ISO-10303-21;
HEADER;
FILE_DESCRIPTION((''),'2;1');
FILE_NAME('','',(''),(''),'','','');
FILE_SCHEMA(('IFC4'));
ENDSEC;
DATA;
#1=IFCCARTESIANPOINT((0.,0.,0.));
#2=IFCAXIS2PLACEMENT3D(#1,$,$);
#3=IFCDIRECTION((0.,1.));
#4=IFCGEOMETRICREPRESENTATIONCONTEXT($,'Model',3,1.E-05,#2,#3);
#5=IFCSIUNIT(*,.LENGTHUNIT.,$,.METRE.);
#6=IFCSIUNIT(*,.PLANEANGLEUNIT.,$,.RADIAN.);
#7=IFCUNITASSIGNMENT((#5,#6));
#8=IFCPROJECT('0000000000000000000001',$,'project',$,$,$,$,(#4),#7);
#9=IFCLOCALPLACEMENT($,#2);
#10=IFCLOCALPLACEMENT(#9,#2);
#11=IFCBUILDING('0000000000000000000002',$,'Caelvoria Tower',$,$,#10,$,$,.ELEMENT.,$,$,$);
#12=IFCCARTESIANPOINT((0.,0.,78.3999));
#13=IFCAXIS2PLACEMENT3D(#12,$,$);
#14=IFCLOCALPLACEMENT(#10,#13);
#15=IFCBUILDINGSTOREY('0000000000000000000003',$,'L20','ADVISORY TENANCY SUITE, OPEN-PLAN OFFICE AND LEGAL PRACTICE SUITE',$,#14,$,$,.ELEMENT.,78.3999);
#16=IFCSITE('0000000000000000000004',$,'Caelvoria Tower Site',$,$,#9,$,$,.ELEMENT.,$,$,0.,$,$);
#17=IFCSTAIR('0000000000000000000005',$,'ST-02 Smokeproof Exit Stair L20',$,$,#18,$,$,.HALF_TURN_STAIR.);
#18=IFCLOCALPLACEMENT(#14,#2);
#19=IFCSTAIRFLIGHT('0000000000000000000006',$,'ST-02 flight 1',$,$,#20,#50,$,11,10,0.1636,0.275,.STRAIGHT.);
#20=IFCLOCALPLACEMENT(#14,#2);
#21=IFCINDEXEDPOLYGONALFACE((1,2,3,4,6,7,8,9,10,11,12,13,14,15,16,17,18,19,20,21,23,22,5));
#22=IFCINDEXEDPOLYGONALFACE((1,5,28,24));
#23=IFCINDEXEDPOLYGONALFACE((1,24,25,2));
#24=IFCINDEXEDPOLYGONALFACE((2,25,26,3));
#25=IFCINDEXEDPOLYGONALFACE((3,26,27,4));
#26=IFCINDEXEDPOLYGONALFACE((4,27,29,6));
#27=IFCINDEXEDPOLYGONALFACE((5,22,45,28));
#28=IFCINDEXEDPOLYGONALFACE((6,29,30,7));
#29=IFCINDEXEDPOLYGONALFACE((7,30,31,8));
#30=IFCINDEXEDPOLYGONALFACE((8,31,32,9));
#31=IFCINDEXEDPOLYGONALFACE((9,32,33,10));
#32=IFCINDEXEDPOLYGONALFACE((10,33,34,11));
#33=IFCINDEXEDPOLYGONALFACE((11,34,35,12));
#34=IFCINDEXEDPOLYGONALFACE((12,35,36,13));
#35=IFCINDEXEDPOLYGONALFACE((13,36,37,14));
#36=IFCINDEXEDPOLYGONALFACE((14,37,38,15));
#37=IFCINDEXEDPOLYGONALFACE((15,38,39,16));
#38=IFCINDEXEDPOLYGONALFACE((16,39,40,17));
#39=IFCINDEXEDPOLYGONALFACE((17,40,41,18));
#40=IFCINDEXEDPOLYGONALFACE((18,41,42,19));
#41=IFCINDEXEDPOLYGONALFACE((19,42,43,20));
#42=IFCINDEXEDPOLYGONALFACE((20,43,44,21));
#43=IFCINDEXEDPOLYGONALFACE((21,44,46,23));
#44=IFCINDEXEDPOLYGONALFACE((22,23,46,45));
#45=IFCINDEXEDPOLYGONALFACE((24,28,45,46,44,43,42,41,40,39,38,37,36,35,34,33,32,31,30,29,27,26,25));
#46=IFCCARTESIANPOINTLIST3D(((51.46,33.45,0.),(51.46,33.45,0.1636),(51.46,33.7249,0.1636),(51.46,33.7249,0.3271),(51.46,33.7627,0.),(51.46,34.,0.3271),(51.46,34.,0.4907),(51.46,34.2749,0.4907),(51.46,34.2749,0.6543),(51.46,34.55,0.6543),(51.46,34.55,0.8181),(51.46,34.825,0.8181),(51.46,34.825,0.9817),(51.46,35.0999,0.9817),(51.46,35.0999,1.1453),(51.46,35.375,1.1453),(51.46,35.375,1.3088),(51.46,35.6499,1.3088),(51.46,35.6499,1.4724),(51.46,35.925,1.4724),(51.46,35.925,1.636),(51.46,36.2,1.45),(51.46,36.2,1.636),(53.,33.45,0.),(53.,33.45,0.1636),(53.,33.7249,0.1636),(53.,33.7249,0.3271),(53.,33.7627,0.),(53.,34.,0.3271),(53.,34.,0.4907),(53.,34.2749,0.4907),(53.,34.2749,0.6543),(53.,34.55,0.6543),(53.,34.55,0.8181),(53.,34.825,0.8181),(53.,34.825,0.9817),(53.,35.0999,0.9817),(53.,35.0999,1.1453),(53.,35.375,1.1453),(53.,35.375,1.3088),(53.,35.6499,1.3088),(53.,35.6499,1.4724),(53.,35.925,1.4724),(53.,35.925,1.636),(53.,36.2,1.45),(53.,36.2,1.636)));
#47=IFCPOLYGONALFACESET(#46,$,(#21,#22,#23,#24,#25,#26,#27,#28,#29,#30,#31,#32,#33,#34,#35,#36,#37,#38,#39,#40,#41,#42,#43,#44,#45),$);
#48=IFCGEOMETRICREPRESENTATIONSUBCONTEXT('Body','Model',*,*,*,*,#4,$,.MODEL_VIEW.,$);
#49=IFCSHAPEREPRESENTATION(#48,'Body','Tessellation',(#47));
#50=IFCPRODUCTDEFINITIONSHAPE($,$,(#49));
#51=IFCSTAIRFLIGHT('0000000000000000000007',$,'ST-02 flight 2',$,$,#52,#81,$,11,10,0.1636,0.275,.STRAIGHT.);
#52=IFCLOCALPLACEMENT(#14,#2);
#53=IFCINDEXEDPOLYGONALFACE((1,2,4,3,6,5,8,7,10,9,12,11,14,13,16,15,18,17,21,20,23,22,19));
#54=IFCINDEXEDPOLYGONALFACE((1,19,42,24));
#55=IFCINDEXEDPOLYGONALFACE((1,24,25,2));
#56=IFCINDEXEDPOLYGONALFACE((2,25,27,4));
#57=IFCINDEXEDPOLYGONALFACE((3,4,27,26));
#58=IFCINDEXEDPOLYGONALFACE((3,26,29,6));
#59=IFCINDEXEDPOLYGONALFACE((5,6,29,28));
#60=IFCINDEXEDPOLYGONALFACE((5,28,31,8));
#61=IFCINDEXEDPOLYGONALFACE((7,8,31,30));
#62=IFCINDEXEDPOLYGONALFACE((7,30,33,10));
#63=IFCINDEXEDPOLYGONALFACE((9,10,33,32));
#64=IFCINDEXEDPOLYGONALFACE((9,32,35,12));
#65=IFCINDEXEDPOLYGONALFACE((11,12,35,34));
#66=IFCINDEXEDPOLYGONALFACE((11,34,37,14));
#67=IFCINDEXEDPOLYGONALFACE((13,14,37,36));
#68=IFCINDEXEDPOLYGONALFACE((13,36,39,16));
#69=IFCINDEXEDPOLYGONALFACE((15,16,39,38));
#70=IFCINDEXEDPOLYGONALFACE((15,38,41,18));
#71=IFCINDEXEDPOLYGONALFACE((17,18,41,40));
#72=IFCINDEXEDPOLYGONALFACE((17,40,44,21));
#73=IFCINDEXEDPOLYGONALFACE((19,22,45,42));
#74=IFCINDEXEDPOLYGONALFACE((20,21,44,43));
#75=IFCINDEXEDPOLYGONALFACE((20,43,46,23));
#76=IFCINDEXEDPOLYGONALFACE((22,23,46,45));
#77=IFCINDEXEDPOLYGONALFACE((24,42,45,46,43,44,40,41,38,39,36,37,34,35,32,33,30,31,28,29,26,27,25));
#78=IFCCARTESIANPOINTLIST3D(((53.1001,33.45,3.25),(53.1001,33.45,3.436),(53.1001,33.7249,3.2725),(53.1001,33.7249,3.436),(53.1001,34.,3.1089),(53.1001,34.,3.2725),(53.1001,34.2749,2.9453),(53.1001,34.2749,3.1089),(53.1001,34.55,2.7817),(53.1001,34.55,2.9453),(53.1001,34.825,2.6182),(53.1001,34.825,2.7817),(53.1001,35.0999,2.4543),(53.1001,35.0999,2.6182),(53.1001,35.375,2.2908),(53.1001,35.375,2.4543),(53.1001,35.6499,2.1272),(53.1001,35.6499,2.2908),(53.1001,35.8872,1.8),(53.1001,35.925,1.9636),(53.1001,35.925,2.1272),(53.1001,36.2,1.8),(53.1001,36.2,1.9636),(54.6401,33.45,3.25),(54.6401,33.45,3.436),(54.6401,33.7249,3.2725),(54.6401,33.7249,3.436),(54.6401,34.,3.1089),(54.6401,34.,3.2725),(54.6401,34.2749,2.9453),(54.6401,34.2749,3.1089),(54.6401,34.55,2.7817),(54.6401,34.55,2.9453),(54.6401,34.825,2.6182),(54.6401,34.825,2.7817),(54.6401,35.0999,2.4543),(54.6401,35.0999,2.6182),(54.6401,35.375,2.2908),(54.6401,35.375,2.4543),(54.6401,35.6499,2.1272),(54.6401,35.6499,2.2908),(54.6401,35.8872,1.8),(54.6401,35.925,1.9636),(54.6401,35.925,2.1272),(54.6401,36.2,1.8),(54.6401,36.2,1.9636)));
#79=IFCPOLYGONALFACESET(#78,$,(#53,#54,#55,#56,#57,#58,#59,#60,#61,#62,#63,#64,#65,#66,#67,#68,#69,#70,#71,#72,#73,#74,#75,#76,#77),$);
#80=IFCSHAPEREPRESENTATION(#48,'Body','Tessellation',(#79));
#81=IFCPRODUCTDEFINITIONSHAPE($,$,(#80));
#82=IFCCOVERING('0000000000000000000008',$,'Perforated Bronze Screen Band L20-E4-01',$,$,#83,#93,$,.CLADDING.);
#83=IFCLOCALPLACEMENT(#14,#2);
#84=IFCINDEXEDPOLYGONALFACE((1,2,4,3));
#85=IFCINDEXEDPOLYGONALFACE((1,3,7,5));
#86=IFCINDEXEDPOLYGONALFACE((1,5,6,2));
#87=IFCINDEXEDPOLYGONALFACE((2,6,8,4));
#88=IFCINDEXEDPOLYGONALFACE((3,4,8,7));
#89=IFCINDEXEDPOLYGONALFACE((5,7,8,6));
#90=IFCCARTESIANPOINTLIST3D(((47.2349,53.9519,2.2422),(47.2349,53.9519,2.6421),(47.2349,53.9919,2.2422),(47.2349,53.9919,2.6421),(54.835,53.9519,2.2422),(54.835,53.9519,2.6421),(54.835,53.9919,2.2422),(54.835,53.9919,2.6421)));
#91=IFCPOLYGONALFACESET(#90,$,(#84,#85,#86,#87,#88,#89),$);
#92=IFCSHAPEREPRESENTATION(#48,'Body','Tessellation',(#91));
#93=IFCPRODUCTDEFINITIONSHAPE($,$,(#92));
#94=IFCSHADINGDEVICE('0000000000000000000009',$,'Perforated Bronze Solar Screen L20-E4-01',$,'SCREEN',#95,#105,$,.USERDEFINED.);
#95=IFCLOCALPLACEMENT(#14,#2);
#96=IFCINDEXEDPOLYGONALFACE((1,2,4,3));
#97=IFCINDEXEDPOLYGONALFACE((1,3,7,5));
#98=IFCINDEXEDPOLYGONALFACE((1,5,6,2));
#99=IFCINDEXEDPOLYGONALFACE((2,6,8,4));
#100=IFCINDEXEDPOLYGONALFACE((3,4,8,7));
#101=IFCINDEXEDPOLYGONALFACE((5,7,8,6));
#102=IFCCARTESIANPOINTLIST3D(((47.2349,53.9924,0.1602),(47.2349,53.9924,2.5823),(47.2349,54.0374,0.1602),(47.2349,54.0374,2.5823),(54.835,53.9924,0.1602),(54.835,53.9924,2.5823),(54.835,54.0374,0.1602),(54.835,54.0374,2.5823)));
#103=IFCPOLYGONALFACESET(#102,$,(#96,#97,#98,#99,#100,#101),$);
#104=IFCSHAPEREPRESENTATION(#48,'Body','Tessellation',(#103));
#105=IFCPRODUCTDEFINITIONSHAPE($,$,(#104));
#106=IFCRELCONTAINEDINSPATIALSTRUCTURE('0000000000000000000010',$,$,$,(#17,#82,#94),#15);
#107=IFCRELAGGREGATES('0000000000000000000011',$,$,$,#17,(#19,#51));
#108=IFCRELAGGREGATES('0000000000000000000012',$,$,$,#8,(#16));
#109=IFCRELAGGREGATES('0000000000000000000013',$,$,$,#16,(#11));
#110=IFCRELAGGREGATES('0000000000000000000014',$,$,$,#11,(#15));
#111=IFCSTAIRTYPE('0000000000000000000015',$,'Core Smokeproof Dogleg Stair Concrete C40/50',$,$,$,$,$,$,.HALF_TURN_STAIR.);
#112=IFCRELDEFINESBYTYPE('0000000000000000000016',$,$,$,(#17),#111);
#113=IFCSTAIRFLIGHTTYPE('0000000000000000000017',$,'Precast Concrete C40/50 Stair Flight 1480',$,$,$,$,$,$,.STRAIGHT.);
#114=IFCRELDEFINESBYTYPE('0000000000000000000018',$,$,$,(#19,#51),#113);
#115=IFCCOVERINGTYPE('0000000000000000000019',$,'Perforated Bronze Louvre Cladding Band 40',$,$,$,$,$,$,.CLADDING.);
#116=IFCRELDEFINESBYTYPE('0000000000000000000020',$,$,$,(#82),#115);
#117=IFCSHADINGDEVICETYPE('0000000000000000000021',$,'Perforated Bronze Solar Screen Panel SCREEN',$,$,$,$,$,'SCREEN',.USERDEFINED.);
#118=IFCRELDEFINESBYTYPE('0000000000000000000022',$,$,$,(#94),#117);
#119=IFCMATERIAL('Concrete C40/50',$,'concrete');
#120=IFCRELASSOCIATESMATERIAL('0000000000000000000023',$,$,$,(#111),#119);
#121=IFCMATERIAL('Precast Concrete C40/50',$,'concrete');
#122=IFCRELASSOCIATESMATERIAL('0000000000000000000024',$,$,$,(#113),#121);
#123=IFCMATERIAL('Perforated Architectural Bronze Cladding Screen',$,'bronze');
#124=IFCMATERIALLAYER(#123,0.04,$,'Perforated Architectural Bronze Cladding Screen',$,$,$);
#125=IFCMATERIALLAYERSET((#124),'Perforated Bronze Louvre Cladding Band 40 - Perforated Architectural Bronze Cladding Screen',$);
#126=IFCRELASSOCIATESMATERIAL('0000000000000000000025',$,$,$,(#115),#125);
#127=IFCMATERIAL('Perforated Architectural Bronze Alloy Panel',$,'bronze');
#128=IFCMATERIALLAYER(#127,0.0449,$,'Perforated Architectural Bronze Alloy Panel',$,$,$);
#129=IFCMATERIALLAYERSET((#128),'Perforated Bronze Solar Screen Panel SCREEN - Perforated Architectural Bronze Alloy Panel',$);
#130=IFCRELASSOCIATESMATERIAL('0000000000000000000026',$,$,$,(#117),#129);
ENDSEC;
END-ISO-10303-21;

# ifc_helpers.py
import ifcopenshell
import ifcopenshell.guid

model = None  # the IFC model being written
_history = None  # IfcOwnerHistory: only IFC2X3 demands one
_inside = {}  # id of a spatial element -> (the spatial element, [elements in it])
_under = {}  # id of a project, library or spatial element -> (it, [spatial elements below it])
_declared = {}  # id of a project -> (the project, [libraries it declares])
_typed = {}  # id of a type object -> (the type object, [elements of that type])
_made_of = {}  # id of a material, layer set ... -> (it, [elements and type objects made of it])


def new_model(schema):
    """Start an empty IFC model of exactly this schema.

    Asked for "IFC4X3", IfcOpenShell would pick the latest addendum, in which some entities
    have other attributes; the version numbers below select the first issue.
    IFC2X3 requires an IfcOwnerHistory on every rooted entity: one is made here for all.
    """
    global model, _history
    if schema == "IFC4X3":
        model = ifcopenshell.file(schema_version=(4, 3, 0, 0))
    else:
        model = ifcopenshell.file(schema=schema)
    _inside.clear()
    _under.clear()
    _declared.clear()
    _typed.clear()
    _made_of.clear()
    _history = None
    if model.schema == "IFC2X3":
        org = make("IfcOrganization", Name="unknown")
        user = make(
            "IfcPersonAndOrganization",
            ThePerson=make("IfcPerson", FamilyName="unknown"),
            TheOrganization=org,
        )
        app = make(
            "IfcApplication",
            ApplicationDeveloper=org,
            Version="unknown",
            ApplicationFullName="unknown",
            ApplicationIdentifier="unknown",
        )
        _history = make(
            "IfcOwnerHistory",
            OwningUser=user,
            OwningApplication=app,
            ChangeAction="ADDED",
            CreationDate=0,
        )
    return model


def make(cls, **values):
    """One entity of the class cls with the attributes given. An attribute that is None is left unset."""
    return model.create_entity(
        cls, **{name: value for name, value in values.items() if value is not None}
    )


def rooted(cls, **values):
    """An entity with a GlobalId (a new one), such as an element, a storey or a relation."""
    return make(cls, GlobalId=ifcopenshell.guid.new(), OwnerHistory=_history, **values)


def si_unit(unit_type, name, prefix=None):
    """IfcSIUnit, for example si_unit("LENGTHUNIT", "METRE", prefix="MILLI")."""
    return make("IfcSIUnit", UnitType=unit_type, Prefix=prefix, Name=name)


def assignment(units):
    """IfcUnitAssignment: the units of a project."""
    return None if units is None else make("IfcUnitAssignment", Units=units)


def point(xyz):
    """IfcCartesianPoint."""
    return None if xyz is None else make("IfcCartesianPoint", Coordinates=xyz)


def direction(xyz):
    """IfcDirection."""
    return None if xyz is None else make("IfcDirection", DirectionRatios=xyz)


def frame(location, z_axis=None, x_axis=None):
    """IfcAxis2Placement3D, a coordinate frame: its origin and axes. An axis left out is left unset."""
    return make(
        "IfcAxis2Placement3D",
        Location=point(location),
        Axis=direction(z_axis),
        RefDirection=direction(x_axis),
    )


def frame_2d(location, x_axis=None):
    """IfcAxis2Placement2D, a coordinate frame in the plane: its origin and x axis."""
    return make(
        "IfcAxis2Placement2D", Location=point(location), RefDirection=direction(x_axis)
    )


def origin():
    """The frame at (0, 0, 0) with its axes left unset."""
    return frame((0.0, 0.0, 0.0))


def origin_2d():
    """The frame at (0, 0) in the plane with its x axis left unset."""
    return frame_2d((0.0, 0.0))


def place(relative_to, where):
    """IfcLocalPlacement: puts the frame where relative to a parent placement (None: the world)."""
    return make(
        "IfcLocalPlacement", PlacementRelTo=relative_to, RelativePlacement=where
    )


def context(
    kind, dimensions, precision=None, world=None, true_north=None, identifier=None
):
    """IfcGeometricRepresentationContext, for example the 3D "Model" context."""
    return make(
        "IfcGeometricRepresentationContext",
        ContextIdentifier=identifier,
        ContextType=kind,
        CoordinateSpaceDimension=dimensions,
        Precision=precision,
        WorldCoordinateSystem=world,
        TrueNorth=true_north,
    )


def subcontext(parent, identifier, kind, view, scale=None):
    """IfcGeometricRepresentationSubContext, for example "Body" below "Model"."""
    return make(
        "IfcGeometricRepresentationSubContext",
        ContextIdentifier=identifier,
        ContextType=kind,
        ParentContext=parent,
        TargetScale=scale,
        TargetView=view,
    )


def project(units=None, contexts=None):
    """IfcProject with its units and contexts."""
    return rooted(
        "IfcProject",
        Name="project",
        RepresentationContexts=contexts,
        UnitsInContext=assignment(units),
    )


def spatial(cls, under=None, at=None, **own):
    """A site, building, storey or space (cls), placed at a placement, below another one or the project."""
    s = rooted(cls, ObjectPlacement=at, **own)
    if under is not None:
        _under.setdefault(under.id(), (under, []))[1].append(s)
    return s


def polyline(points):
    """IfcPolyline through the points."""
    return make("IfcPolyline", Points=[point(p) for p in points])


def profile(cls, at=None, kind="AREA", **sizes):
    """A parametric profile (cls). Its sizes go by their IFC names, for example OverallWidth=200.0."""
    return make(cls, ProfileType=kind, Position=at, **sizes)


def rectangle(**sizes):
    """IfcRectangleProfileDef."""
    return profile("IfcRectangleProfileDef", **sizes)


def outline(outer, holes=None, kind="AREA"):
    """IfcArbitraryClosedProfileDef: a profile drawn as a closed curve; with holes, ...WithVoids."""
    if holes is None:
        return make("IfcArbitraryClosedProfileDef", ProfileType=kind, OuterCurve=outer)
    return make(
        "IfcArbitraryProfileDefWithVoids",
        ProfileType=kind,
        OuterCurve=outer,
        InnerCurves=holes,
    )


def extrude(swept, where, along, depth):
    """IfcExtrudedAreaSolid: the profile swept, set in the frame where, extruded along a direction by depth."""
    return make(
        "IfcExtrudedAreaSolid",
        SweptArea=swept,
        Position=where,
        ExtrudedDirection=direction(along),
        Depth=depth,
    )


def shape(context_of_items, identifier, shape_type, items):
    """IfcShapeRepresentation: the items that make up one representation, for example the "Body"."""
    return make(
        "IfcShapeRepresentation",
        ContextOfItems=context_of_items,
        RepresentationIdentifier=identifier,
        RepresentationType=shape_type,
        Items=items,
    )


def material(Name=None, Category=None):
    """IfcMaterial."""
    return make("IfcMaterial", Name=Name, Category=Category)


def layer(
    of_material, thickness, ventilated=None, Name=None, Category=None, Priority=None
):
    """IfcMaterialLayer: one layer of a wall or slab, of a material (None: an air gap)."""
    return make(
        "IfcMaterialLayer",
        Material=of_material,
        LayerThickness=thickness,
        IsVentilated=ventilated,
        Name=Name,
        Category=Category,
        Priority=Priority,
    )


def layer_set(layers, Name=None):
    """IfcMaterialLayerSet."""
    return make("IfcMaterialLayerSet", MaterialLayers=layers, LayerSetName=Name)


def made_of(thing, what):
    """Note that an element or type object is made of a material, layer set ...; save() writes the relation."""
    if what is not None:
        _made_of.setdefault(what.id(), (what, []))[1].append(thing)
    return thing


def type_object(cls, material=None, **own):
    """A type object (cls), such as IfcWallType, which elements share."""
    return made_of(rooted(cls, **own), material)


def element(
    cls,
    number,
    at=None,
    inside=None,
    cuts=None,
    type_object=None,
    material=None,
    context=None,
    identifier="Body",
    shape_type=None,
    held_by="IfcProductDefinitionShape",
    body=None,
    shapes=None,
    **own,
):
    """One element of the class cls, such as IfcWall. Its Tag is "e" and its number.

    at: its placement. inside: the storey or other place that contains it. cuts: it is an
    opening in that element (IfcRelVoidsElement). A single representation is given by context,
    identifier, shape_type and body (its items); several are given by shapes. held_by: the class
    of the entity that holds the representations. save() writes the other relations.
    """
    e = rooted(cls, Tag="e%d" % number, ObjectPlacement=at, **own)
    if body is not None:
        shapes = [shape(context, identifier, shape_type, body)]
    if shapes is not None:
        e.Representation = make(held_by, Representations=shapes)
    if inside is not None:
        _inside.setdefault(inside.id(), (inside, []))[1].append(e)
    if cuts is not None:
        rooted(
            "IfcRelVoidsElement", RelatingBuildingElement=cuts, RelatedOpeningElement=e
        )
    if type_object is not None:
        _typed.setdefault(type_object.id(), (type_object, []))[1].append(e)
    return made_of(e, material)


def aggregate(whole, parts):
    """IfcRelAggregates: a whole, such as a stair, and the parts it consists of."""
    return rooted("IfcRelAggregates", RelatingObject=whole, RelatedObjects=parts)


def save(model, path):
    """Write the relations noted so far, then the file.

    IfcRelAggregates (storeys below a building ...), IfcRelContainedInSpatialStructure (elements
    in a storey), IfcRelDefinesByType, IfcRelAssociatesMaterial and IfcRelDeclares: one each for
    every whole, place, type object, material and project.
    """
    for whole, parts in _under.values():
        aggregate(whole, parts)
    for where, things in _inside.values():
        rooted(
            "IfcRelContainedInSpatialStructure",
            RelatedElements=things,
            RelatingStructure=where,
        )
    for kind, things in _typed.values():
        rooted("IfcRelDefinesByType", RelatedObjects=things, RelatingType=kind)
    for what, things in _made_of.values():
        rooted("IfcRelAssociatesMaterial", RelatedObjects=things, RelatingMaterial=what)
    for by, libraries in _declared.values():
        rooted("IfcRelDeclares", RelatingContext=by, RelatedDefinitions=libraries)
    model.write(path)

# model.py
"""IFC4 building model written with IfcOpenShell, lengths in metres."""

from ifc_helpers import new_model, si_unit, direction, frame, origin, origin_2d, place, context, subcontext, project, spatial, polyline, rectangle, outline, extrude, material, layer, layer_set, type_object, element, aggregate, save


model = new_model("IFC4")

# Units and contexts
model_context = context("Model", 3, precision=1e-05, world=origin(), true_north=direction((0.0, 1.0)))
body_context = subcontext(model_context, "Body", "Model", "MODEL_VIEW")
ifc_project = project(units=[si_unit("LENGTHUNIT", "METRE"), si_unit("PLANEANGLEUNIT", "RADIAN")], contexts=[model_context])

# Site, building, storey
site_placement = place(None, origin())
site = spatial("IfcSite", under=ifc_project, at=site_placement, Name="Caelvoria Tower Site", CompositionType="ELEMENT", RefElevation=0.0)
building_placement = place(site_placement, origin())
building = spatial("IfcBuilding", under=site, at=building_placement, Name="Caelvoria Tower", CompositionType="ELEMENT")
storey_placement = place(building_placement, frame((0.0, 0.0, 78.3999)))
storey = spatial("IfcBuildingStorey", under=building, at=storey_placement, Name="L20", Description="ADVISORY TENANCY SUITE, OPEN-PLAN OFFICE AND LEGAL PRACTICE SUITE", CompositionType="ELEMENT", Elevation=78.3999)

# Stair, stair flights
ifc_material_1 = material(Name="Concrete C40/50", Category="concrete")
stair_type = type_object("IfcStairType", Name="Core Smokeproof Dogleg Stair Concrete C40/50", PredefinedType="HALF_TURN_STAIR", material=ifc_material_1)
stair_placement = place(storey_placement, origin())
stair = element("IfcStair", 1, at=stair_placement, inside=storey, type_object=stair_type, Name="ST-02 Smokeproof Exit Stair L20", PredefinedType="HALF_TURN_STAIR")
ifc_material_2 = material(Name="Precast Concrete C40/50", Category="concrete")
stair_flight_type = type_object("IfcStairFlightType", Name="Precast Concrete C40/50 Stair Flight 1480", PredefinedType="STRAIGHT", material=ifc_material_2)
stair_flight_1_placement = place(storey_placement, frame((52.23, 33.45, 0.0), z_axis=(0.0, 0.0, 1.0), x_axis=(0.0, 1.0, 0.0)))
stair_flight_1 = element("IfcStairFlight", 2, at=stair_flight_1_placement, type_object=stair_flight_type, Name="ST-02 flight 1", NumberOfRisers=11, NumberOfTreads=10, PredefinedType="STRAIGHT", RiserHeight=0.1636, TreadLength=0.275, context=body_context, shape_type="SweptSolid", body=[
    extrude(outline(polyline([(0.0, 0.0), (0.0, 0.1636), (0.2749, 0.1636), (0.2749, 0.3271), (0.55, 0.3271), (0.55, 0.4907), (0.825, 0.4907), (0.825, 0.6543), (1.1001, 0.6543), (1.1001, 0.8181), (1.375, 0.8181), (1.375, 0.9817), (1.6499, 0.9817), (1.6499, 1.1453), (1.925, 1.1453), (1.925, 1.3088), (2.2, 1.3088), (2.2, 1.4724), (2.4751, 1.4724), (2.4751, 1.636), (2.75, 1.636), (2.75, 1.7996), (2.75, 1.45), (0.3127, 0.0), (0.0, 0.0)])), frame((0.0, 0.77, 0.0), z_axis=(0.0, -1.0, 0.0), x_axis=(1.0, 0.0, 0.0)), (0.0, 0.0, 1.0), 1.54),
])
stair_flight_2_placement = place(storey_placement, frame((53.8701, 36.2, 1.8), z_axis=(0.0, 0.0, 1.0), x_axis=(0.0, -1.0, 0.0)))
stair_flight_2 = element("IfcStairFlight", 3, at=stair_flight_2_placement, type_object=stair_flight_type, Name="ST-02 flight 2", NumberOfRisers=11, NumberOfTreads=10, PredefinedType="STRAIGHT", RiserHeight=0.1636, TreadLength=0.275, context=body_context, shape_type="SweptSolid", body=[
    extrude(outline(polyline([(0.0, 0.0), (0.0, 0.1636), (0.2749, 0.1636), (0.2749, 0.3271), (0.55, 0.3271), (0.55, 0.4907), (0.825, 0.4907), (0.825, 0.6543), (1.1001, 0.6543), (1.1001, 0.8181), (1.375, 0.8181), (1.375, 0.9817), (1.6499, 0.9817), (1.6499, 1.1453), (1.925, 1.1453), (1.925, 1.3088), (2.2, 1.3088), (2.2, 1.4724), (2.4751, 1.4724), (2.4751, 1.636), (2.75, 1.636), (2.75, 1.7996), (2.75, 1.45), (0.3127, 0.0), (0.0, 0.0)])), frame((0.0, 0.77, 0.0), z_axis=(0.0, -1.0, 0.0), x_axis=(1.0, 0.0, 0.0)), (0.0, 0.0, 1.0), 1.54),
])
aggregate(stair, [stair_flight_1, stair_flight_2])

# Covering
ifc_material_3 = material(Name="Perforated Architectural Bronze Cladding Screen", Category="bronze")
ifc_layer_1 = layer(ifc_material_3, 0.04, Name="Perforated Architectural Bronze Cladding Screen")
ifc_layer_set_1 = layer_set([ifc_layer_1], Name="Perforated Bronze Louvre Cladding Band 40 - Perforated Architectural Bronze Cladding Screen")
covering_type = type_object("IfcCoveringType", Name="Perforated Bronze Louvre Cladding Band 40", PredefinedType="CLADDING", material=ifc_layer_set_1)
covering_placement = place(storey_placement, frame((51.0349, 53.9719, 2.2422), z_axis=(0.0, 0.0, 1.0), x_axis=(-1.0, 0.0, 0.0)))
element("IfcCovering", 4, at=covering_placement, inside=storey, type_object=covering_type, Name="Perforated Bronze Screen Band L20-E4-01", PredefinedType="CLADDING", context=body_context, shape_type="SweptSolid", body=[
    extrude(rectangle(XDim=7.6001, YDim=0.04, at=origin_2d()), origin(), (0.0, 0.0, 1.0), 0.3999),
])

# Shading device
ifc_material_4 = material(Name="Perforated Architectural Bronze Alloy Panel", Category="bronze")
ifc_layer_2 = layer(ifc_material_4, 0.0449, Name="Perforated Architectural Bronze Alloy Panel")
ifc_layer_set_2 = layer_set([ifc_layer_2], Name="Perforated Bronze Solar Screen Panel SCREEN - Perforated Architectural Bronze Alloy Panel")
shading_device_type = type_object("IfcShadingDeviceType", Name="Perforated Bronze Solar Screen Panel SCREEN", ElementType="SCREEN", PredefinedType="USERDEFINED", material=ifc_layer_set_2)
shading_device_placement = place(storey_placement, frame((51.0349, 54.0149, 0.1602), z_axis=(0.0, 0.0, 1.0), x_axis=(-1.0, 0.0, 0.0)))
element("IfcShadingDevice", 5, at=shading_device_placement, inside=storey, type_object=shading_device_type, Name="Perforated Bronze Solar Screen L20-E4-01", ObjectType="SCREEN", PredefinedType="USERDEFINED", context=body_context, shape_type="SweptSolid", body=[
    extrude(rectangle(XDim=7.6001, YDim=0.0449, at=origin_2d()), origin(), (0.0, 0.0, 1.0), 2.4221),
])

save(model, "model.ifc")
